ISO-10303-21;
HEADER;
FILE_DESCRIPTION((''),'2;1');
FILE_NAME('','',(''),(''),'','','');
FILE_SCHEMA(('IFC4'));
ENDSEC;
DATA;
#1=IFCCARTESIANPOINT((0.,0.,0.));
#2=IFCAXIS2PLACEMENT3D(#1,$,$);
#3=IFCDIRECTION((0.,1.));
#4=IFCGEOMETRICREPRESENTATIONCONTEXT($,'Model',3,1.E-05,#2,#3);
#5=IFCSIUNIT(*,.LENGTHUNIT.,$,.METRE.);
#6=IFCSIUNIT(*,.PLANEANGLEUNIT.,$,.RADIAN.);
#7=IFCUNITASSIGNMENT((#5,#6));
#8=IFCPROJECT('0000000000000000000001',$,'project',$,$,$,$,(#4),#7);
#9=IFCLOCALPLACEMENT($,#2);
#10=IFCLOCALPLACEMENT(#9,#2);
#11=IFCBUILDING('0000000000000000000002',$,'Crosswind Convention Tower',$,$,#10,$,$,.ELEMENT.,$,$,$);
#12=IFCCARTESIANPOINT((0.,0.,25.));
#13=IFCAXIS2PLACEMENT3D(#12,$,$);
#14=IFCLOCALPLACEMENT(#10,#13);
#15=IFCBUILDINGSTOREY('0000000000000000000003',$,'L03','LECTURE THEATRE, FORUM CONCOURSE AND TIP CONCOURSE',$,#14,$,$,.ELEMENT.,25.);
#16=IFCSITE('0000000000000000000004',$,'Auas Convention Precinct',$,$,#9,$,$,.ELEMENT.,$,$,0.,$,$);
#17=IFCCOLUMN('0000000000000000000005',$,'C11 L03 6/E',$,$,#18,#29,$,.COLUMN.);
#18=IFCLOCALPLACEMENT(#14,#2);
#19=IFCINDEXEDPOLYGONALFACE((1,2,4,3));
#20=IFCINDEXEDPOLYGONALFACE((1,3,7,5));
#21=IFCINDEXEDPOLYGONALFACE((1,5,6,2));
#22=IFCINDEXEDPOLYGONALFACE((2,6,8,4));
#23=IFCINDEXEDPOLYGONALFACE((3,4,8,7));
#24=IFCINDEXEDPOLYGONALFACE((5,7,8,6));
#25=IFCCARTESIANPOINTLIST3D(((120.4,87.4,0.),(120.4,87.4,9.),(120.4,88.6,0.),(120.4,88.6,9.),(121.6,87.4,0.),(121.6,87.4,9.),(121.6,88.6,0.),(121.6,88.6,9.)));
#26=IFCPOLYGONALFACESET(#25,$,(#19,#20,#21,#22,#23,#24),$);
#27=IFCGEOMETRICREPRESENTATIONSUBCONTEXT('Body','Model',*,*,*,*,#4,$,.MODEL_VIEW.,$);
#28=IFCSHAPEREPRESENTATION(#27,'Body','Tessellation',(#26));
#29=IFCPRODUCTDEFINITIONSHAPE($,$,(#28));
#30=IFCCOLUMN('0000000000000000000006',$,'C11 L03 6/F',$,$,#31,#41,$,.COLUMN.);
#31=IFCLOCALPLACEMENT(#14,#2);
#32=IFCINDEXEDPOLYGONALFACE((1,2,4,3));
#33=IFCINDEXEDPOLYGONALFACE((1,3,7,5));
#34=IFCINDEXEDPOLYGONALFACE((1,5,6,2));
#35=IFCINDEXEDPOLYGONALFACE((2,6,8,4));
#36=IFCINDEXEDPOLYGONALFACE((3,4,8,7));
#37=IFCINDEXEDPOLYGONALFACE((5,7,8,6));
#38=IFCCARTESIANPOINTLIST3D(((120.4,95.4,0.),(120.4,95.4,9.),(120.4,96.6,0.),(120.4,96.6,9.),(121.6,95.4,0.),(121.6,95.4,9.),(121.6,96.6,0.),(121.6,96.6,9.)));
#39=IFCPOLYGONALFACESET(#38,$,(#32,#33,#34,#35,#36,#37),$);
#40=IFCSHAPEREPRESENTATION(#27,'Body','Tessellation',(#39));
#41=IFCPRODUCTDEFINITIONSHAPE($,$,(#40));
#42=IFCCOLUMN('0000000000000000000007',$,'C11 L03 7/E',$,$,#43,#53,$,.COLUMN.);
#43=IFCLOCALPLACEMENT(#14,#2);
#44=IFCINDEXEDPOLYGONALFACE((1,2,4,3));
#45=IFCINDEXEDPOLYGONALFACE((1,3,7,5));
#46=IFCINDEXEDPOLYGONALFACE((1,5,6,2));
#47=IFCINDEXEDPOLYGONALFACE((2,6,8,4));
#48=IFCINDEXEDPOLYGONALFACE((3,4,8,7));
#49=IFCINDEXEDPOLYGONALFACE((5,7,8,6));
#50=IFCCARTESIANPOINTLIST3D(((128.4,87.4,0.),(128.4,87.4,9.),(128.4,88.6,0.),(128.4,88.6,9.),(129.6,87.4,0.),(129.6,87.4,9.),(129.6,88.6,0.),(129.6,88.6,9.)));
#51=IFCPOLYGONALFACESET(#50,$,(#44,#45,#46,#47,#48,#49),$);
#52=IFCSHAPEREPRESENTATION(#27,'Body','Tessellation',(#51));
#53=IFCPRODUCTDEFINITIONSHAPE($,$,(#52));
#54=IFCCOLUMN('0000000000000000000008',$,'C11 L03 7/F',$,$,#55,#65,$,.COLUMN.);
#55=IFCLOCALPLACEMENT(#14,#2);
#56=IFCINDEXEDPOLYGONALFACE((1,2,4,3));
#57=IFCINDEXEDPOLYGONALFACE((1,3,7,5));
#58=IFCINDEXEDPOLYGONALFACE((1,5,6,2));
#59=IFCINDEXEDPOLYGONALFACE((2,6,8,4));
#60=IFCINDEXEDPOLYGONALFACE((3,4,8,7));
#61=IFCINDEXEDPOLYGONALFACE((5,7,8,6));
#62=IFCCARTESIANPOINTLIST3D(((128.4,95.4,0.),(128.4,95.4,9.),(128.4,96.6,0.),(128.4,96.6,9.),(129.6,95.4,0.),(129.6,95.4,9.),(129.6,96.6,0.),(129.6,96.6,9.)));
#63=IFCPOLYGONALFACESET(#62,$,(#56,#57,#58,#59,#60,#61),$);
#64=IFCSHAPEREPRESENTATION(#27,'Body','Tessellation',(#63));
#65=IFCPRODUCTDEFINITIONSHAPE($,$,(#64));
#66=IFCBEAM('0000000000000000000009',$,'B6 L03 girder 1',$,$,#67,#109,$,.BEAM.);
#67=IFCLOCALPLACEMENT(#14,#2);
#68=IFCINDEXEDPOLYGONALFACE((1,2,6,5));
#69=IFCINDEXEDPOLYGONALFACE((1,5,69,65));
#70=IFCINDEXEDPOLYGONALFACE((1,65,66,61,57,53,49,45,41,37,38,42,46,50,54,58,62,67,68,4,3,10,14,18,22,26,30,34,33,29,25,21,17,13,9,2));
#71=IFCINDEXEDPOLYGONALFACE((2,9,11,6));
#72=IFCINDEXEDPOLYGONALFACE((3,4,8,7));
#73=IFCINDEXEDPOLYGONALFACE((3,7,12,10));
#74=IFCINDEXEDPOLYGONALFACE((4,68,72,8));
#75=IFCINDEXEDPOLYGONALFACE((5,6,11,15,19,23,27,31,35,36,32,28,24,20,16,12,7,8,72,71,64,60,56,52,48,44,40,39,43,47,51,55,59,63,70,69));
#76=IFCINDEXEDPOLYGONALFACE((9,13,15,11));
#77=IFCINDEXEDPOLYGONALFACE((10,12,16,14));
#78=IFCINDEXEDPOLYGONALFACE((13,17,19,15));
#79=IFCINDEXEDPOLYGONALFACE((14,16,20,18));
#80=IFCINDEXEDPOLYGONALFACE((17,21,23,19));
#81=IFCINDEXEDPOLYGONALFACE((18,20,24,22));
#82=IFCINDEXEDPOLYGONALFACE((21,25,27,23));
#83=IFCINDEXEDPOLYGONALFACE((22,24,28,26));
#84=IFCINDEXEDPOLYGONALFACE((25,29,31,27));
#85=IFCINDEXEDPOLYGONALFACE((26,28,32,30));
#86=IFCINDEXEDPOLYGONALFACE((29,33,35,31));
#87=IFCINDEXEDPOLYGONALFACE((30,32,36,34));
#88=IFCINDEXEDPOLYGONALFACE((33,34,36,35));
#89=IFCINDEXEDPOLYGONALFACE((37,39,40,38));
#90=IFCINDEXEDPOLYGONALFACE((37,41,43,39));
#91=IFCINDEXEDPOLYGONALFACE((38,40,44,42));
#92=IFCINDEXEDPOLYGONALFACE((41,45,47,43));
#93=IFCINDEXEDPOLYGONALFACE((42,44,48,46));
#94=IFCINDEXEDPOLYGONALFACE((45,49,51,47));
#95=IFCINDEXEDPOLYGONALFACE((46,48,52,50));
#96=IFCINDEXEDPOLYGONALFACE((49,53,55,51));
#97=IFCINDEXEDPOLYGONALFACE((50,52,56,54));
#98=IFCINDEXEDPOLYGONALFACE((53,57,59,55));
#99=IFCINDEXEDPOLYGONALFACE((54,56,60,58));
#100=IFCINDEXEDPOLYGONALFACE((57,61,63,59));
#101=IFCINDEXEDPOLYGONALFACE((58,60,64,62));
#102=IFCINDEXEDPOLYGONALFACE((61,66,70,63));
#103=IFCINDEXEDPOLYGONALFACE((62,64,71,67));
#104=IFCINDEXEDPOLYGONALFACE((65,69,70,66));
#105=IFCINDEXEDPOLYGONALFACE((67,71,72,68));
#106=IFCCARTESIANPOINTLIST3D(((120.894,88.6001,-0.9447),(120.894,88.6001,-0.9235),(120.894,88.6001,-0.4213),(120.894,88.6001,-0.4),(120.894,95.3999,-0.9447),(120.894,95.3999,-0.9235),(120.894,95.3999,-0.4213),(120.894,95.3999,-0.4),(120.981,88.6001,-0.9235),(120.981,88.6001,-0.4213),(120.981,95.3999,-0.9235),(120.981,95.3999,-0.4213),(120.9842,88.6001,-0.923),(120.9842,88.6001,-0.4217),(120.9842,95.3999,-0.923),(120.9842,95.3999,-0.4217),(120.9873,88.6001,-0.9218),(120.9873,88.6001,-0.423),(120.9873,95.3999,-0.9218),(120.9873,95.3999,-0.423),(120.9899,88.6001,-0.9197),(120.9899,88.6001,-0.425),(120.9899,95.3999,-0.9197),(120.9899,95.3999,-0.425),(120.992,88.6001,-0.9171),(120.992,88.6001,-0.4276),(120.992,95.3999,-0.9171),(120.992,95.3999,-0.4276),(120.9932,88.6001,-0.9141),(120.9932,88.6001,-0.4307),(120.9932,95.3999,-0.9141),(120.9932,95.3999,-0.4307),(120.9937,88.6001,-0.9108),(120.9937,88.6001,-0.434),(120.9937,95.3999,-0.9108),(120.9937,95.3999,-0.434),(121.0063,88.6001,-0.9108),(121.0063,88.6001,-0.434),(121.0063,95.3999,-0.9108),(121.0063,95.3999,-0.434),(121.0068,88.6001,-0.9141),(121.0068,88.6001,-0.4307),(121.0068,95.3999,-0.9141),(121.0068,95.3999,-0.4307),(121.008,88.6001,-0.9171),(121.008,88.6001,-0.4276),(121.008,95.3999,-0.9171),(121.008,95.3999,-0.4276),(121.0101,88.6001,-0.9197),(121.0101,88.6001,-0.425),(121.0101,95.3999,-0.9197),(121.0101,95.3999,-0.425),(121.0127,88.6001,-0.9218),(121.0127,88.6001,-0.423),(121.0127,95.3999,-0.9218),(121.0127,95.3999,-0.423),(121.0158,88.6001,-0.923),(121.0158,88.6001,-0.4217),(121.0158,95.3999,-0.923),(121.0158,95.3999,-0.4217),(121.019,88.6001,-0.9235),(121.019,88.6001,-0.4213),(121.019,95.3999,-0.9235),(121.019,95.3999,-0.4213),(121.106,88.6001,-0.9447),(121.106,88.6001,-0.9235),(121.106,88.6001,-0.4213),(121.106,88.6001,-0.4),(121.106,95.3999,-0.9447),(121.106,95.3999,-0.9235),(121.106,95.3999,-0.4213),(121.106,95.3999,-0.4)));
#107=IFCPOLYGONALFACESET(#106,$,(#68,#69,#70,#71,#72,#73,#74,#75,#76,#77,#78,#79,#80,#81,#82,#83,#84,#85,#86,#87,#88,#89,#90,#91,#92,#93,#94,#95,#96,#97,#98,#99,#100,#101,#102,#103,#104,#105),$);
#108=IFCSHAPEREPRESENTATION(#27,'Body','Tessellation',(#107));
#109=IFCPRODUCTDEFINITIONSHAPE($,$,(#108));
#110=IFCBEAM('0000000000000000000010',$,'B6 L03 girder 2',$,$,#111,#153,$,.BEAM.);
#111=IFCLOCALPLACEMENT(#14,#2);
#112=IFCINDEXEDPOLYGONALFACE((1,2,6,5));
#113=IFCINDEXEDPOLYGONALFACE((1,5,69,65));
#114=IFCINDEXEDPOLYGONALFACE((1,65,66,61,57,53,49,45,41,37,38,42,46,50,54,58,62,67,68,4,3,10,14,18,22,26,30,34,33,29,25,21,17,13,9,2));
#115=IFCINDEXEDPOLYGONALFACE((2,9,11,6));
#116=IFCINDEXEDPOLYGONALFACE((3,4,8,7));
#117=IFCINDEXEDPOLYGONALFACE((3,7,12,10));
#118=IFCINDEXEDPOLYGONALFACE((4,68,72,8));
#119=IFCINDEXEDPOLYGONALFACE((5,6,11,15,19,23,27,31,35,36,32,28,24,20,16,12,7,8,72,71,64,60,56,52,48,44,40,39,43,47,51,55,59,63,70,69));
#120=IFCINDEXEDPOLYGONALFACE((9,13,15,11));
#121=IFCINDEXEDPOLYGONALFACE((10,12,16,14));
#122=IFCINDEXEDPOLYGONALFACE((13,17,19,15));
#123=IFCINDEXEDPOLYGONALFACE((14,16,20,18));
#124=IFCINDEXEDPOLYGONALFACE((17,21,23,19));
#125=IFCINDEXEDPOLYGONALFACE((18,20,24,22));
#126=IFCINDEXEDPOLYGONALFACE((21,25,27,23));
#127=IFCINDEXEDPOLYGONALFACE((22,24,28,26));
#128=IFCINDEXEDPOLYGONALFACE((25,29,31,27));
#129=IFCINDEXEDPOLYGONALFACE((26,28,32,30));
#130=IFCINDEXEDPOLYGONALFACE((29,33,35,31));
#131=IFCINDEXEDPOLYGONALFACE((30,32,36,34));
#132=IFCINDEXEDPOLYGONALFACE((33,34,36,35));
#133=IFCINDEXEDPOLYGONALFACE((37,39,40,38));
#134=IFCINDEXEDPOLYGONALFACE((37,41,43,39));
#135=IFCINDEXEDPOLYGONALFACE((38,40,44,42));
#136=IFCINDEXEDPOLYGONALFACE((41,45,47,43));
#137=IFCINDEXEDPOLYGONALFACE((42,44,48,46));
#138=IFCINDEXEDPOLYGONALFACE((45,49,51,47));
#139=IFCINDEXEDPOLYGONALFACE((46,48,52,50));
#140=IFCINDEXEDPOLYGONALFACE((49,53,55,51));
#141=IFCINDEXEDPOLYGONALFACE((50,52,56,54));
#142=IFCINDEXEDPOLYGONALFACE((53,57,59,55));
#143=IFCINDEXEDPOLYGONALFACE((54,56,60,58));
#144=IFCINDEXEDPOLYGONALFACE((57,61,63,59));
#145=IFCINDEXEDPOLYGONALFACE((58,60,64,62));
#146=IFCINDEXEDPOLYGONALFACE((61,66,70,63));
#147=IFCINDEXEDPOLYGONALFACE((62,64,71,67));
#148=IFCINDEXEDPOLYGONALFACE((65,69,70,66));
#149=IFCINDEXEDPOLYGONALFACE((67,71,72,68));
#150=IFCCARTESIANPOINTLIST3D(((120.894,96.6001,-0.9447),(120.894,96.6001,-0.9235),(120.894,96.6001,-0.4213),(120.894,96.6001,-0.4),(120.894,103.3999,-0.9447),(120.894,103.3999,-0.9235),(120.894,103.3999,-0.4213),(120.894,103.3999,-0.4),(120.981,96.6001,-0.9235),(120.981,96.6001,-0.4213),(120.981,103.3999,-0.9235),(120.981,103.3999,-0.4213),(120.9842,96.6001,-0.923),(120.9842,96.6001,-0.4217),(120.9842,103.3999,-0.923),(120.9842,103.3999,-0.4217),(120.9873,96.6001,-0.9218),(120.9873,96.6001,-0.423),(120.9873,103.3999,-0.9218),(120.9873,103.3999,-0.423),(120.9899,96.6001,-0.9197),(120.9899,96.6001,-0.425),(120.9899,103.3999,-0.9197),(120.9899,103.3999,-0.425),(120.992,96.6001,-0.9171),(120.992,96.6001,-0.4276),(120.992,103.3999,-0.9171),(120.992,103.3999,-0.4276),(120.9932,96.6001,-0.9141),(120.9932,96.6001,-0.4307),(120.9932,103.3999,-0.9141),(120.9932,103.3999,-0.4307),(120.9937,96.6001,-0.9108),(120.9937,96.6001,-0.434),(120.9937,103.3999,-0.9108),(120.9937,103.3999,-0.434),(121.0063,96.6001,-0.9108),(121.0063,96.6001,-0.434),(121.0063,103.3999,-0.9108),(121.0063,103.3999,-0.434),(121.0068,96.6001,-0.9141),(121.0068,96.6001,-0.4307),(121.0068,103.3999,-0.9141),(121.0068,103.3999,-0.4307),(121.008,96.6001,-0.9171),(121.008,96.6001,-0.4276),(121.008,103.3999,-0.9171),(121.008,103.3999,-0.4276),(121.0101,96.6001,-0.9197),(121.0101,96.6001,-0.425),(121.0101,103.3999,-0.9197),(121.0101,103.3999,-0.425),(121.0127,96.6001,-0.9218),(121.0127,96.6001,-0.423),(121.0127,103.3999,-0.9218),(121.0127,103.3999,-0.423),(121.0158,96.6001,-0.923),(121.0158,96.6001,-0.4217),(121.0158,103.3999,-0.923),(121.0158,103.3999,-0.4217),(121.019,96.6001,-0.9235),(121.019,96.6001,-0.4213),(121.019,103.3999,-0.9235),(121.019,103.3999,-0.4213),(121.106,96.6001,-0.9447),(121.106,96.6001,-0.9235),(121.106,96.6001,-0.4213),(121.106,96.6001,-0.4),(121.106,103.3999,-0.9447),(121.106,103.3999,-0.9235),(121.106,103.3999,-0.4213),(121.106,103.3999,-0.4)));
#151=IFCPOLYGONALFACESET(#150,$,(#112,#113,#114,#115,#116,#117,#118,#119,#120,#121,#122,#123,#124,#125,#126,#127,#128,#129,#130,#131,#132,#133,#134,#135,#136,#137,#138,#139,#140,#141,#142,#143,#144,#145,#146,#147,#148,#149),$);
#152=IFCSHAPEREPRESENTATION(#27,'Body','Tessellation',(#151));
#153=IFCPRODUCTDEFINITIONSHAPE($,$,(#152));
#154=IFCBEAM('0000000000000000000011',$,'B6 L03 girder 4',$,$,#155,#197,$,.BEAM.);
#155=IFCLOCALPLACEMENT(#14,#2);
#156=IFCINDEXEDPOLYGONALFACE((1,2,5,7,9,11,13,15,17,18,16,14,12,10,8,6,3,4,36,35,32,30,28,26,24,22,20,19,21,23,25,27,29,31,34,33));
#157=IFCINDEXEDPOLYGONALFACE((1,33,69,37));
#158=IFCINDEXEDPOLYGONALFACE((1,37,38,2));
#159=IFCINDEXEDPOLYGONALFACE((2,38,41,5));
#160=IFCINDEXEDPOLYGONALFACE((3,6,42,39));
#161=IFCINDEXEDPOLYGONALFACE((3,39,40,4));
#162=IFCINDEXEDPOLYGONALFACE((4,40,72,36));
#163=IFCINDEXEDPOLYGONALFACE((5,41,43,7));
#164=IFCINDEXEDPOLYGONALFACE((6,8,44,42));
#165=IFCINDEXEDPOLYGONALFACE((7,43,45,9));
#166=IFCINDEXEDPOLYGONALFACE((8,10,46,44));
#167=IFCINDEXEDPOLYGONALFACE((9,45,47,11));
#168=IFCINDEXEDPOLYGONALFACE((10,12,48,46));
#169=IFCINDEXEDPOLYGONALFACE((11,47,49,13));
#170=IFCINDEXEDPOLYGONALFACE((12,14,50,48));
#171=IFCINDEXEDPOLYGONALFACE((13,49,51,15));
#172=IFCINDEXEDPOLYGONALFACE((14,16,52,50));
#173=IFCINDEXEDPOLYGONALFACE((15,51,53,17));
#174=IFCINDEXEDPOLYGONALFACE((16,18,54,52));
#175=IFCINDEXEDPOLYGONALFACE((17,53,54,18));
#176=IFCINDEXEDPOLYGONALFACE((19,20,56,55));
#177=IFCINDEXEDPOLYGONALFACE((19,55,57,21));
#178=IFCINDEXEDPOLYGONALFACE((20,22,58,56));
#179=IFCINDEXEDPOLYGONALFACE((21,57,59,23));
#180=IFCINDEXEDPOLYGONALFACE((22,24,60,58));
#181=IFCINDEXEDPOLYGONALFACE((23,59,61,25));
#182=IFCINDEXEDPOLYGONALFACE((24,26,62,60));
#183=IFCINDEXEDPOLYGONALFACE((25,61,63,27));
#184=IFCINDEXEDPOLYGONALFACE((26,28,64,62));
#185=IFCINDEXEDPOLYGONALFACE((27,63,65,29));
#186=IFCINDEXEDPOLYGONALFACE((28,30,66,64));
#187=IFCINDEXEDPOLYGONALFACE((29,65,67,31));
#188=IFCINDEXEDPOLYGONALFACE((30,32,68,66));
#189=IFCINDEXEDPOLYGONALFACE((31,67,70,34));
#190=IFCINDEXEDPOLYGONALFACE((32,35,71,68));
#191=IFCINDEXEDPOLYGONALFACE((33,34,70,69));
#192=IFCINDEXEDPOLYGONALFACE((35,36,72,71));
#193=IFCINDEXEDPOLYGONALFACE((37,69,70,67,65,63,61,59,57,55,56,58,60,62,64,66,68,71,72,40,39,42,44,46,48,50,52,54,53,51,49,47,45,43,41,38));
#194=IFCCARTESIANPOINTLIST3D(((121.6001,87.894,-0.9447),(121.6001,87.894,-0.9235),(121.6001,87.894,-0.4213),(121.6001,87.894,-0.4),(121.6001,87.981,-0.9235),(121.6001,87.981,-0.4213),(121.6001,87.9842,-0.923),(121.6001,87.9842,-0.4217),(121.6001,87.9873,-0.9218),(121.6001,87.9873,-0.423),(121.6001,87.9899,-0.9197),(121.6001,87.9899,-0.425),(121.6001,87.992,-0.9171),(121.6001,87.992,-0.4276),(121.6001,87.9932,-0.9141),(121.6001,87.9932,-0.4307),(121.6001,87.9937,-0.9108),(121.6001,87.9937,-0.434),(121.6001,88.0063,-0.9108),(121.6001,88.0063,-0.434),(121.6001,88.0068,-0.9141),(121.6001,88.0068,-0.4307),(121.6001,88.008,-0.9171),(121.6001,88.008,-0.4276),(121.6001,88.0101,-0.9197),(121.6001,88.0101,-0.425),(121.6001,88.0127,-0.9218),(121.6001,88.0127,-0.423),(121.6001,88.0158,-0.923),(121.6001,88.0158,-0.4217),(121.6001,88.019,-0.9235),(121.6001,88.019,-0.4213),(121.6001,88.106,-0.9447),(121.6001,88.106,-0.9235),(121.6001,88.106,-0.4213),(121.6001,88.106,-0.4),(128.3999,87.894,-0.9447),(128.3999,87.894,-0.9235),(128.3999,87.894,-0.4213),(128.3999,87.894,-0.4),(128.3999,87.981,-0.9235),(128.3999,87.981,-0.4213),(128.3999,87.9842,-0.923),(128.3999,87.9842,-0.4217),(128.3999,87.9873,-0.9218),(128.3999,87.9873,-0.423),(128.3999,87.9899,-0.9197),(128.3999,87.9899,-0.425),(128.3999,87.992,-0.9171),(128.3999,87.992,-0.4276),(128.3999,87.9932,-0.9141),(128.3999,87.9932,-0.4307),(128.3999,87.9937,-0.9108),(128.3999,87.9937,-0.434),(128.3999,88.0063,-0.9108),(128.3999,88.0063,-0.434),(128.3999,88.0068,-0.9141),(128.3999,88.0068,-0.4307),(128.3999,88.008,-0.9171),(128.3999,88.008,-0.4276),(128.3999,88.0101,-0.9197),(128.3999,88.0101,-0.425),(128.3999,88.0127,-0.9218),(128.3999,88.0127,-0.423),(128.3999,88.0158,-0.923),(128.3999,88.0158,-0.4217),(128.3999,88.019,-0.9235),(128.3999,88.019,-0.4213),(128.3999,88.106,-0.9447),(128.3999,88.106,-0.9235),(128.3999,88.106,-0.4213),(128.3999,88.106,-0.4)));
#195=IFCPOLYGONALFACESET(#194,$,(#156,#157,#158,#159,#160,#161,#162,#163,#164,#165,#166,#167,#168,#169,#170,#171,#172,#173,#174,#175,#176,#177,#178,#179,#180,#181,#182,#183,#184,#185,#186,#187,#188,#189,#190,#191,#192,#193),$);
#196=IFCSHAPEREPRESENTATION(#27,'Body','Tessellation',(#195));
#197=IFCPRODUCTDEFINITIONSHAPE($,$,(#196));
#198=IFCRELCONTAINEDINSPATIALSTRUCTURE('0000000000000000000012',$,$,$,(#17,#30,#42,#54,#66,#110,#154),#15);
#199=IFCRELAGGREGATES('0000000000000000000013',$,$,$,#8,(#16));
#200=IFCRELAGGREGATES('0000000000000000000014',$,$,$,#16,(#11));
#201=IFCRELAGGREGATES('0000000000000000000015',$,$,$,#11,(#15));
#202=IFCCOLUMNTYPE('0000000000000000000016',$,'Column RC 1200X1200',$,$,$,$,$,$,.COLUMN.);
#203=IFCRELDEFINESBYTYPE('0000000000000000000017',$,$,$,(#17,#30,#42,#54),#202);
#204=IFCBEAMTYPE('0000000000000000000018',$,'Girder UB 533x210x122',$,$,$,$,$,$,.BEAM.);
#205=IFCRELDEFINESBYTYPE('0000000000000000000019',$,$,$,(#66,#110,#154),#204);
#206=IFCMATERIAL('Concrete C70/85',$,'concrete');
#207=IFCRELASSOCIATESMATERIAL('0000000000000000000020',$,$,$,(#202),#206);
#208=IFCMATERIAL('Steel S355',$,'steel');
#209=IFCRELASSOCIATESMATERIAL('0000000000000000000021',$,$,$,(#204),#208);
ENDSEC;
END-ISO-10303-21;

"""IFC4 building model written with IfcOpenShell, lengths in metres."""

from ifc_helpers import new_model, si_unit, direction, frame, origin, origin_2d, place, context, subcontext, project, spatial, rectangle, i_section, extrude, material, material_profile, profile_set, type_object, element, save


model = new_model("IFC4")

# Units and contexts
model_context = context("Model", 3, precision=1e-05, world=origin(), true_north=direction((0.0, 1.0)))
body_context = subcontext(model_context, "Body", "Model", "MODEL_VIEW")
ifc_project = project(units=[si_unit("LENGTHUNIT", "METRE"), si_unit("PLANEANGLEUNIT", "RADIAN")], contexts=[model_context])

# Site, building, storey
site_placement = place(None, origin())
site = spatial("IfcSite", under=ifc_project, at=site_placement, Name="Auas Convention Precinct", CompositionType="ELEMENT", RefElevation=0.0)
building_placement = place(site_placement, origin())
building = spatial("IfcBuilding", under=site, at=building_placement, Name="Crosswind Convention Tower", CompositionType="ELEMENT")
storey_placement = place(building_placement, frame((0.0, 0.0, 25.0)))
storey = spatial("IfcBuildingStorey", under=building, at=storey_placement, Name="L03", Description="LECTURE THEATRE, FORUM CONCOURSE AND TIP CONCOURSE", CompositionType="ELEMENT", Elevation=25.0)

# Columns
ifc_material_1 = material(Name="Concrete C70/85", Category="concrete")
ifc_material_profile_1 = material_profile(ifc_material_1, rectangle(XDim=1.2, YDim=1.2, at=origin_2d()), Name="RC 1200X1200")
ifc_profile_set_1 = profile_set([ifc_material_profile_1], Name="Concrete C70/85")
column_type = type_object("IfcColumnType", Name="Column RC 1200X1200", PredefinedType="COLUMN", material=ifc_profile_set_1)
for number, where, z_axis, x_axis, name in (
    (1, (121.0, 88.0, 0.0), (0.0, 0.0, 1.0), (1.0, 0.0, 0.0), "C11 L03 6/E"),
    (2, (121.0, 96.0, 0.0), (0.0, 0.0, 1.0), (1.0, 0.0, 0.0), "C11 L03 6/F"),
    (3, (129.0, 88.0, 0.0), (0.0, 0.0, 1.0), (1.0, 0.0, 0.0), "C11 L03 7/E"),
    (4, (129.0, 96.0, 0.0), (0.0, 0.0, 1.0), (1.0, 0.0, 0.0), "C11 L03 7/F"),
):
    element("IfcColumn", number, at=place(storey_placement, frame(where, z_axis=z_axis, x_axis=x_axis)), inside=storey, type_object=column_type, Name=name, PredefinedType="COLUMN", context=body_context, shape_type="SweptSolid", body=[
        extrude(rectangle(XDim=1.2, YDim=1.2, at=origin_2d()), origin(), (0.0, 0.0, 1.0), 9.0),
    ])

# Beams
ifc_material_2 = material(Name="Steel S355", Category="steel")
ifc_material_profile_2 = material_profile(ifc_material_2, i_section(OverallWidth=0.2119, OverallDepth=0.5447, WebThickness=0.0127, FlangeThickness=0.0212, FilletRadius=0.0127, at=origin_2d()), Name="UB 533x210x122")
ifc_profile_set_2 = profile_set([ifc_material_profile_2], Name="Steel S355")
beam_type_1 = type_object("IfcBeamType", Name="Girder UB 533x210x122", PredefinedType="BEAM", material=ifc_profile_set_2)
for number, where, z_axis, x_axis, name in (
    (5, (121.0, 88.6001, -0.6724), (0.0, 1.0, 0.0), (-1.0, 0.0, 0.0), "B6 L03 girder 1"),
    (6, (121.0, 96.6001, -0.6724), (0.0, 1.0, 0.0), (-1.0, 0.0, 0.0), "B6 L03 girder 2"),
    (7, (121.6001, 88.0, -0.6724), (1.0, 0.0, 0.0), (0.0, 1.0, 0.0), "B6 L03 girder 4"),
):
    element("IfcBeam", number, at=place(storey_placement, frame(where, z_axis=z_axis, x_axis=x_axis)), inside=storey, type_object=beam_type_1, Name=name, PredefinedType="BEAM", context=body_context, shape_type="SweptSolid", body=[
        extrude(i_section(OverallWidth=0.2119, OverallDepth=0.5447, WebThickness=0.0127, FlangeThickness=0.0212, FilletRadius=0.0127, at=origin_2d()), origin(), (0.0, 0.0, 1.0), 6.7998),
    ])

save(model, "model.ifc")
